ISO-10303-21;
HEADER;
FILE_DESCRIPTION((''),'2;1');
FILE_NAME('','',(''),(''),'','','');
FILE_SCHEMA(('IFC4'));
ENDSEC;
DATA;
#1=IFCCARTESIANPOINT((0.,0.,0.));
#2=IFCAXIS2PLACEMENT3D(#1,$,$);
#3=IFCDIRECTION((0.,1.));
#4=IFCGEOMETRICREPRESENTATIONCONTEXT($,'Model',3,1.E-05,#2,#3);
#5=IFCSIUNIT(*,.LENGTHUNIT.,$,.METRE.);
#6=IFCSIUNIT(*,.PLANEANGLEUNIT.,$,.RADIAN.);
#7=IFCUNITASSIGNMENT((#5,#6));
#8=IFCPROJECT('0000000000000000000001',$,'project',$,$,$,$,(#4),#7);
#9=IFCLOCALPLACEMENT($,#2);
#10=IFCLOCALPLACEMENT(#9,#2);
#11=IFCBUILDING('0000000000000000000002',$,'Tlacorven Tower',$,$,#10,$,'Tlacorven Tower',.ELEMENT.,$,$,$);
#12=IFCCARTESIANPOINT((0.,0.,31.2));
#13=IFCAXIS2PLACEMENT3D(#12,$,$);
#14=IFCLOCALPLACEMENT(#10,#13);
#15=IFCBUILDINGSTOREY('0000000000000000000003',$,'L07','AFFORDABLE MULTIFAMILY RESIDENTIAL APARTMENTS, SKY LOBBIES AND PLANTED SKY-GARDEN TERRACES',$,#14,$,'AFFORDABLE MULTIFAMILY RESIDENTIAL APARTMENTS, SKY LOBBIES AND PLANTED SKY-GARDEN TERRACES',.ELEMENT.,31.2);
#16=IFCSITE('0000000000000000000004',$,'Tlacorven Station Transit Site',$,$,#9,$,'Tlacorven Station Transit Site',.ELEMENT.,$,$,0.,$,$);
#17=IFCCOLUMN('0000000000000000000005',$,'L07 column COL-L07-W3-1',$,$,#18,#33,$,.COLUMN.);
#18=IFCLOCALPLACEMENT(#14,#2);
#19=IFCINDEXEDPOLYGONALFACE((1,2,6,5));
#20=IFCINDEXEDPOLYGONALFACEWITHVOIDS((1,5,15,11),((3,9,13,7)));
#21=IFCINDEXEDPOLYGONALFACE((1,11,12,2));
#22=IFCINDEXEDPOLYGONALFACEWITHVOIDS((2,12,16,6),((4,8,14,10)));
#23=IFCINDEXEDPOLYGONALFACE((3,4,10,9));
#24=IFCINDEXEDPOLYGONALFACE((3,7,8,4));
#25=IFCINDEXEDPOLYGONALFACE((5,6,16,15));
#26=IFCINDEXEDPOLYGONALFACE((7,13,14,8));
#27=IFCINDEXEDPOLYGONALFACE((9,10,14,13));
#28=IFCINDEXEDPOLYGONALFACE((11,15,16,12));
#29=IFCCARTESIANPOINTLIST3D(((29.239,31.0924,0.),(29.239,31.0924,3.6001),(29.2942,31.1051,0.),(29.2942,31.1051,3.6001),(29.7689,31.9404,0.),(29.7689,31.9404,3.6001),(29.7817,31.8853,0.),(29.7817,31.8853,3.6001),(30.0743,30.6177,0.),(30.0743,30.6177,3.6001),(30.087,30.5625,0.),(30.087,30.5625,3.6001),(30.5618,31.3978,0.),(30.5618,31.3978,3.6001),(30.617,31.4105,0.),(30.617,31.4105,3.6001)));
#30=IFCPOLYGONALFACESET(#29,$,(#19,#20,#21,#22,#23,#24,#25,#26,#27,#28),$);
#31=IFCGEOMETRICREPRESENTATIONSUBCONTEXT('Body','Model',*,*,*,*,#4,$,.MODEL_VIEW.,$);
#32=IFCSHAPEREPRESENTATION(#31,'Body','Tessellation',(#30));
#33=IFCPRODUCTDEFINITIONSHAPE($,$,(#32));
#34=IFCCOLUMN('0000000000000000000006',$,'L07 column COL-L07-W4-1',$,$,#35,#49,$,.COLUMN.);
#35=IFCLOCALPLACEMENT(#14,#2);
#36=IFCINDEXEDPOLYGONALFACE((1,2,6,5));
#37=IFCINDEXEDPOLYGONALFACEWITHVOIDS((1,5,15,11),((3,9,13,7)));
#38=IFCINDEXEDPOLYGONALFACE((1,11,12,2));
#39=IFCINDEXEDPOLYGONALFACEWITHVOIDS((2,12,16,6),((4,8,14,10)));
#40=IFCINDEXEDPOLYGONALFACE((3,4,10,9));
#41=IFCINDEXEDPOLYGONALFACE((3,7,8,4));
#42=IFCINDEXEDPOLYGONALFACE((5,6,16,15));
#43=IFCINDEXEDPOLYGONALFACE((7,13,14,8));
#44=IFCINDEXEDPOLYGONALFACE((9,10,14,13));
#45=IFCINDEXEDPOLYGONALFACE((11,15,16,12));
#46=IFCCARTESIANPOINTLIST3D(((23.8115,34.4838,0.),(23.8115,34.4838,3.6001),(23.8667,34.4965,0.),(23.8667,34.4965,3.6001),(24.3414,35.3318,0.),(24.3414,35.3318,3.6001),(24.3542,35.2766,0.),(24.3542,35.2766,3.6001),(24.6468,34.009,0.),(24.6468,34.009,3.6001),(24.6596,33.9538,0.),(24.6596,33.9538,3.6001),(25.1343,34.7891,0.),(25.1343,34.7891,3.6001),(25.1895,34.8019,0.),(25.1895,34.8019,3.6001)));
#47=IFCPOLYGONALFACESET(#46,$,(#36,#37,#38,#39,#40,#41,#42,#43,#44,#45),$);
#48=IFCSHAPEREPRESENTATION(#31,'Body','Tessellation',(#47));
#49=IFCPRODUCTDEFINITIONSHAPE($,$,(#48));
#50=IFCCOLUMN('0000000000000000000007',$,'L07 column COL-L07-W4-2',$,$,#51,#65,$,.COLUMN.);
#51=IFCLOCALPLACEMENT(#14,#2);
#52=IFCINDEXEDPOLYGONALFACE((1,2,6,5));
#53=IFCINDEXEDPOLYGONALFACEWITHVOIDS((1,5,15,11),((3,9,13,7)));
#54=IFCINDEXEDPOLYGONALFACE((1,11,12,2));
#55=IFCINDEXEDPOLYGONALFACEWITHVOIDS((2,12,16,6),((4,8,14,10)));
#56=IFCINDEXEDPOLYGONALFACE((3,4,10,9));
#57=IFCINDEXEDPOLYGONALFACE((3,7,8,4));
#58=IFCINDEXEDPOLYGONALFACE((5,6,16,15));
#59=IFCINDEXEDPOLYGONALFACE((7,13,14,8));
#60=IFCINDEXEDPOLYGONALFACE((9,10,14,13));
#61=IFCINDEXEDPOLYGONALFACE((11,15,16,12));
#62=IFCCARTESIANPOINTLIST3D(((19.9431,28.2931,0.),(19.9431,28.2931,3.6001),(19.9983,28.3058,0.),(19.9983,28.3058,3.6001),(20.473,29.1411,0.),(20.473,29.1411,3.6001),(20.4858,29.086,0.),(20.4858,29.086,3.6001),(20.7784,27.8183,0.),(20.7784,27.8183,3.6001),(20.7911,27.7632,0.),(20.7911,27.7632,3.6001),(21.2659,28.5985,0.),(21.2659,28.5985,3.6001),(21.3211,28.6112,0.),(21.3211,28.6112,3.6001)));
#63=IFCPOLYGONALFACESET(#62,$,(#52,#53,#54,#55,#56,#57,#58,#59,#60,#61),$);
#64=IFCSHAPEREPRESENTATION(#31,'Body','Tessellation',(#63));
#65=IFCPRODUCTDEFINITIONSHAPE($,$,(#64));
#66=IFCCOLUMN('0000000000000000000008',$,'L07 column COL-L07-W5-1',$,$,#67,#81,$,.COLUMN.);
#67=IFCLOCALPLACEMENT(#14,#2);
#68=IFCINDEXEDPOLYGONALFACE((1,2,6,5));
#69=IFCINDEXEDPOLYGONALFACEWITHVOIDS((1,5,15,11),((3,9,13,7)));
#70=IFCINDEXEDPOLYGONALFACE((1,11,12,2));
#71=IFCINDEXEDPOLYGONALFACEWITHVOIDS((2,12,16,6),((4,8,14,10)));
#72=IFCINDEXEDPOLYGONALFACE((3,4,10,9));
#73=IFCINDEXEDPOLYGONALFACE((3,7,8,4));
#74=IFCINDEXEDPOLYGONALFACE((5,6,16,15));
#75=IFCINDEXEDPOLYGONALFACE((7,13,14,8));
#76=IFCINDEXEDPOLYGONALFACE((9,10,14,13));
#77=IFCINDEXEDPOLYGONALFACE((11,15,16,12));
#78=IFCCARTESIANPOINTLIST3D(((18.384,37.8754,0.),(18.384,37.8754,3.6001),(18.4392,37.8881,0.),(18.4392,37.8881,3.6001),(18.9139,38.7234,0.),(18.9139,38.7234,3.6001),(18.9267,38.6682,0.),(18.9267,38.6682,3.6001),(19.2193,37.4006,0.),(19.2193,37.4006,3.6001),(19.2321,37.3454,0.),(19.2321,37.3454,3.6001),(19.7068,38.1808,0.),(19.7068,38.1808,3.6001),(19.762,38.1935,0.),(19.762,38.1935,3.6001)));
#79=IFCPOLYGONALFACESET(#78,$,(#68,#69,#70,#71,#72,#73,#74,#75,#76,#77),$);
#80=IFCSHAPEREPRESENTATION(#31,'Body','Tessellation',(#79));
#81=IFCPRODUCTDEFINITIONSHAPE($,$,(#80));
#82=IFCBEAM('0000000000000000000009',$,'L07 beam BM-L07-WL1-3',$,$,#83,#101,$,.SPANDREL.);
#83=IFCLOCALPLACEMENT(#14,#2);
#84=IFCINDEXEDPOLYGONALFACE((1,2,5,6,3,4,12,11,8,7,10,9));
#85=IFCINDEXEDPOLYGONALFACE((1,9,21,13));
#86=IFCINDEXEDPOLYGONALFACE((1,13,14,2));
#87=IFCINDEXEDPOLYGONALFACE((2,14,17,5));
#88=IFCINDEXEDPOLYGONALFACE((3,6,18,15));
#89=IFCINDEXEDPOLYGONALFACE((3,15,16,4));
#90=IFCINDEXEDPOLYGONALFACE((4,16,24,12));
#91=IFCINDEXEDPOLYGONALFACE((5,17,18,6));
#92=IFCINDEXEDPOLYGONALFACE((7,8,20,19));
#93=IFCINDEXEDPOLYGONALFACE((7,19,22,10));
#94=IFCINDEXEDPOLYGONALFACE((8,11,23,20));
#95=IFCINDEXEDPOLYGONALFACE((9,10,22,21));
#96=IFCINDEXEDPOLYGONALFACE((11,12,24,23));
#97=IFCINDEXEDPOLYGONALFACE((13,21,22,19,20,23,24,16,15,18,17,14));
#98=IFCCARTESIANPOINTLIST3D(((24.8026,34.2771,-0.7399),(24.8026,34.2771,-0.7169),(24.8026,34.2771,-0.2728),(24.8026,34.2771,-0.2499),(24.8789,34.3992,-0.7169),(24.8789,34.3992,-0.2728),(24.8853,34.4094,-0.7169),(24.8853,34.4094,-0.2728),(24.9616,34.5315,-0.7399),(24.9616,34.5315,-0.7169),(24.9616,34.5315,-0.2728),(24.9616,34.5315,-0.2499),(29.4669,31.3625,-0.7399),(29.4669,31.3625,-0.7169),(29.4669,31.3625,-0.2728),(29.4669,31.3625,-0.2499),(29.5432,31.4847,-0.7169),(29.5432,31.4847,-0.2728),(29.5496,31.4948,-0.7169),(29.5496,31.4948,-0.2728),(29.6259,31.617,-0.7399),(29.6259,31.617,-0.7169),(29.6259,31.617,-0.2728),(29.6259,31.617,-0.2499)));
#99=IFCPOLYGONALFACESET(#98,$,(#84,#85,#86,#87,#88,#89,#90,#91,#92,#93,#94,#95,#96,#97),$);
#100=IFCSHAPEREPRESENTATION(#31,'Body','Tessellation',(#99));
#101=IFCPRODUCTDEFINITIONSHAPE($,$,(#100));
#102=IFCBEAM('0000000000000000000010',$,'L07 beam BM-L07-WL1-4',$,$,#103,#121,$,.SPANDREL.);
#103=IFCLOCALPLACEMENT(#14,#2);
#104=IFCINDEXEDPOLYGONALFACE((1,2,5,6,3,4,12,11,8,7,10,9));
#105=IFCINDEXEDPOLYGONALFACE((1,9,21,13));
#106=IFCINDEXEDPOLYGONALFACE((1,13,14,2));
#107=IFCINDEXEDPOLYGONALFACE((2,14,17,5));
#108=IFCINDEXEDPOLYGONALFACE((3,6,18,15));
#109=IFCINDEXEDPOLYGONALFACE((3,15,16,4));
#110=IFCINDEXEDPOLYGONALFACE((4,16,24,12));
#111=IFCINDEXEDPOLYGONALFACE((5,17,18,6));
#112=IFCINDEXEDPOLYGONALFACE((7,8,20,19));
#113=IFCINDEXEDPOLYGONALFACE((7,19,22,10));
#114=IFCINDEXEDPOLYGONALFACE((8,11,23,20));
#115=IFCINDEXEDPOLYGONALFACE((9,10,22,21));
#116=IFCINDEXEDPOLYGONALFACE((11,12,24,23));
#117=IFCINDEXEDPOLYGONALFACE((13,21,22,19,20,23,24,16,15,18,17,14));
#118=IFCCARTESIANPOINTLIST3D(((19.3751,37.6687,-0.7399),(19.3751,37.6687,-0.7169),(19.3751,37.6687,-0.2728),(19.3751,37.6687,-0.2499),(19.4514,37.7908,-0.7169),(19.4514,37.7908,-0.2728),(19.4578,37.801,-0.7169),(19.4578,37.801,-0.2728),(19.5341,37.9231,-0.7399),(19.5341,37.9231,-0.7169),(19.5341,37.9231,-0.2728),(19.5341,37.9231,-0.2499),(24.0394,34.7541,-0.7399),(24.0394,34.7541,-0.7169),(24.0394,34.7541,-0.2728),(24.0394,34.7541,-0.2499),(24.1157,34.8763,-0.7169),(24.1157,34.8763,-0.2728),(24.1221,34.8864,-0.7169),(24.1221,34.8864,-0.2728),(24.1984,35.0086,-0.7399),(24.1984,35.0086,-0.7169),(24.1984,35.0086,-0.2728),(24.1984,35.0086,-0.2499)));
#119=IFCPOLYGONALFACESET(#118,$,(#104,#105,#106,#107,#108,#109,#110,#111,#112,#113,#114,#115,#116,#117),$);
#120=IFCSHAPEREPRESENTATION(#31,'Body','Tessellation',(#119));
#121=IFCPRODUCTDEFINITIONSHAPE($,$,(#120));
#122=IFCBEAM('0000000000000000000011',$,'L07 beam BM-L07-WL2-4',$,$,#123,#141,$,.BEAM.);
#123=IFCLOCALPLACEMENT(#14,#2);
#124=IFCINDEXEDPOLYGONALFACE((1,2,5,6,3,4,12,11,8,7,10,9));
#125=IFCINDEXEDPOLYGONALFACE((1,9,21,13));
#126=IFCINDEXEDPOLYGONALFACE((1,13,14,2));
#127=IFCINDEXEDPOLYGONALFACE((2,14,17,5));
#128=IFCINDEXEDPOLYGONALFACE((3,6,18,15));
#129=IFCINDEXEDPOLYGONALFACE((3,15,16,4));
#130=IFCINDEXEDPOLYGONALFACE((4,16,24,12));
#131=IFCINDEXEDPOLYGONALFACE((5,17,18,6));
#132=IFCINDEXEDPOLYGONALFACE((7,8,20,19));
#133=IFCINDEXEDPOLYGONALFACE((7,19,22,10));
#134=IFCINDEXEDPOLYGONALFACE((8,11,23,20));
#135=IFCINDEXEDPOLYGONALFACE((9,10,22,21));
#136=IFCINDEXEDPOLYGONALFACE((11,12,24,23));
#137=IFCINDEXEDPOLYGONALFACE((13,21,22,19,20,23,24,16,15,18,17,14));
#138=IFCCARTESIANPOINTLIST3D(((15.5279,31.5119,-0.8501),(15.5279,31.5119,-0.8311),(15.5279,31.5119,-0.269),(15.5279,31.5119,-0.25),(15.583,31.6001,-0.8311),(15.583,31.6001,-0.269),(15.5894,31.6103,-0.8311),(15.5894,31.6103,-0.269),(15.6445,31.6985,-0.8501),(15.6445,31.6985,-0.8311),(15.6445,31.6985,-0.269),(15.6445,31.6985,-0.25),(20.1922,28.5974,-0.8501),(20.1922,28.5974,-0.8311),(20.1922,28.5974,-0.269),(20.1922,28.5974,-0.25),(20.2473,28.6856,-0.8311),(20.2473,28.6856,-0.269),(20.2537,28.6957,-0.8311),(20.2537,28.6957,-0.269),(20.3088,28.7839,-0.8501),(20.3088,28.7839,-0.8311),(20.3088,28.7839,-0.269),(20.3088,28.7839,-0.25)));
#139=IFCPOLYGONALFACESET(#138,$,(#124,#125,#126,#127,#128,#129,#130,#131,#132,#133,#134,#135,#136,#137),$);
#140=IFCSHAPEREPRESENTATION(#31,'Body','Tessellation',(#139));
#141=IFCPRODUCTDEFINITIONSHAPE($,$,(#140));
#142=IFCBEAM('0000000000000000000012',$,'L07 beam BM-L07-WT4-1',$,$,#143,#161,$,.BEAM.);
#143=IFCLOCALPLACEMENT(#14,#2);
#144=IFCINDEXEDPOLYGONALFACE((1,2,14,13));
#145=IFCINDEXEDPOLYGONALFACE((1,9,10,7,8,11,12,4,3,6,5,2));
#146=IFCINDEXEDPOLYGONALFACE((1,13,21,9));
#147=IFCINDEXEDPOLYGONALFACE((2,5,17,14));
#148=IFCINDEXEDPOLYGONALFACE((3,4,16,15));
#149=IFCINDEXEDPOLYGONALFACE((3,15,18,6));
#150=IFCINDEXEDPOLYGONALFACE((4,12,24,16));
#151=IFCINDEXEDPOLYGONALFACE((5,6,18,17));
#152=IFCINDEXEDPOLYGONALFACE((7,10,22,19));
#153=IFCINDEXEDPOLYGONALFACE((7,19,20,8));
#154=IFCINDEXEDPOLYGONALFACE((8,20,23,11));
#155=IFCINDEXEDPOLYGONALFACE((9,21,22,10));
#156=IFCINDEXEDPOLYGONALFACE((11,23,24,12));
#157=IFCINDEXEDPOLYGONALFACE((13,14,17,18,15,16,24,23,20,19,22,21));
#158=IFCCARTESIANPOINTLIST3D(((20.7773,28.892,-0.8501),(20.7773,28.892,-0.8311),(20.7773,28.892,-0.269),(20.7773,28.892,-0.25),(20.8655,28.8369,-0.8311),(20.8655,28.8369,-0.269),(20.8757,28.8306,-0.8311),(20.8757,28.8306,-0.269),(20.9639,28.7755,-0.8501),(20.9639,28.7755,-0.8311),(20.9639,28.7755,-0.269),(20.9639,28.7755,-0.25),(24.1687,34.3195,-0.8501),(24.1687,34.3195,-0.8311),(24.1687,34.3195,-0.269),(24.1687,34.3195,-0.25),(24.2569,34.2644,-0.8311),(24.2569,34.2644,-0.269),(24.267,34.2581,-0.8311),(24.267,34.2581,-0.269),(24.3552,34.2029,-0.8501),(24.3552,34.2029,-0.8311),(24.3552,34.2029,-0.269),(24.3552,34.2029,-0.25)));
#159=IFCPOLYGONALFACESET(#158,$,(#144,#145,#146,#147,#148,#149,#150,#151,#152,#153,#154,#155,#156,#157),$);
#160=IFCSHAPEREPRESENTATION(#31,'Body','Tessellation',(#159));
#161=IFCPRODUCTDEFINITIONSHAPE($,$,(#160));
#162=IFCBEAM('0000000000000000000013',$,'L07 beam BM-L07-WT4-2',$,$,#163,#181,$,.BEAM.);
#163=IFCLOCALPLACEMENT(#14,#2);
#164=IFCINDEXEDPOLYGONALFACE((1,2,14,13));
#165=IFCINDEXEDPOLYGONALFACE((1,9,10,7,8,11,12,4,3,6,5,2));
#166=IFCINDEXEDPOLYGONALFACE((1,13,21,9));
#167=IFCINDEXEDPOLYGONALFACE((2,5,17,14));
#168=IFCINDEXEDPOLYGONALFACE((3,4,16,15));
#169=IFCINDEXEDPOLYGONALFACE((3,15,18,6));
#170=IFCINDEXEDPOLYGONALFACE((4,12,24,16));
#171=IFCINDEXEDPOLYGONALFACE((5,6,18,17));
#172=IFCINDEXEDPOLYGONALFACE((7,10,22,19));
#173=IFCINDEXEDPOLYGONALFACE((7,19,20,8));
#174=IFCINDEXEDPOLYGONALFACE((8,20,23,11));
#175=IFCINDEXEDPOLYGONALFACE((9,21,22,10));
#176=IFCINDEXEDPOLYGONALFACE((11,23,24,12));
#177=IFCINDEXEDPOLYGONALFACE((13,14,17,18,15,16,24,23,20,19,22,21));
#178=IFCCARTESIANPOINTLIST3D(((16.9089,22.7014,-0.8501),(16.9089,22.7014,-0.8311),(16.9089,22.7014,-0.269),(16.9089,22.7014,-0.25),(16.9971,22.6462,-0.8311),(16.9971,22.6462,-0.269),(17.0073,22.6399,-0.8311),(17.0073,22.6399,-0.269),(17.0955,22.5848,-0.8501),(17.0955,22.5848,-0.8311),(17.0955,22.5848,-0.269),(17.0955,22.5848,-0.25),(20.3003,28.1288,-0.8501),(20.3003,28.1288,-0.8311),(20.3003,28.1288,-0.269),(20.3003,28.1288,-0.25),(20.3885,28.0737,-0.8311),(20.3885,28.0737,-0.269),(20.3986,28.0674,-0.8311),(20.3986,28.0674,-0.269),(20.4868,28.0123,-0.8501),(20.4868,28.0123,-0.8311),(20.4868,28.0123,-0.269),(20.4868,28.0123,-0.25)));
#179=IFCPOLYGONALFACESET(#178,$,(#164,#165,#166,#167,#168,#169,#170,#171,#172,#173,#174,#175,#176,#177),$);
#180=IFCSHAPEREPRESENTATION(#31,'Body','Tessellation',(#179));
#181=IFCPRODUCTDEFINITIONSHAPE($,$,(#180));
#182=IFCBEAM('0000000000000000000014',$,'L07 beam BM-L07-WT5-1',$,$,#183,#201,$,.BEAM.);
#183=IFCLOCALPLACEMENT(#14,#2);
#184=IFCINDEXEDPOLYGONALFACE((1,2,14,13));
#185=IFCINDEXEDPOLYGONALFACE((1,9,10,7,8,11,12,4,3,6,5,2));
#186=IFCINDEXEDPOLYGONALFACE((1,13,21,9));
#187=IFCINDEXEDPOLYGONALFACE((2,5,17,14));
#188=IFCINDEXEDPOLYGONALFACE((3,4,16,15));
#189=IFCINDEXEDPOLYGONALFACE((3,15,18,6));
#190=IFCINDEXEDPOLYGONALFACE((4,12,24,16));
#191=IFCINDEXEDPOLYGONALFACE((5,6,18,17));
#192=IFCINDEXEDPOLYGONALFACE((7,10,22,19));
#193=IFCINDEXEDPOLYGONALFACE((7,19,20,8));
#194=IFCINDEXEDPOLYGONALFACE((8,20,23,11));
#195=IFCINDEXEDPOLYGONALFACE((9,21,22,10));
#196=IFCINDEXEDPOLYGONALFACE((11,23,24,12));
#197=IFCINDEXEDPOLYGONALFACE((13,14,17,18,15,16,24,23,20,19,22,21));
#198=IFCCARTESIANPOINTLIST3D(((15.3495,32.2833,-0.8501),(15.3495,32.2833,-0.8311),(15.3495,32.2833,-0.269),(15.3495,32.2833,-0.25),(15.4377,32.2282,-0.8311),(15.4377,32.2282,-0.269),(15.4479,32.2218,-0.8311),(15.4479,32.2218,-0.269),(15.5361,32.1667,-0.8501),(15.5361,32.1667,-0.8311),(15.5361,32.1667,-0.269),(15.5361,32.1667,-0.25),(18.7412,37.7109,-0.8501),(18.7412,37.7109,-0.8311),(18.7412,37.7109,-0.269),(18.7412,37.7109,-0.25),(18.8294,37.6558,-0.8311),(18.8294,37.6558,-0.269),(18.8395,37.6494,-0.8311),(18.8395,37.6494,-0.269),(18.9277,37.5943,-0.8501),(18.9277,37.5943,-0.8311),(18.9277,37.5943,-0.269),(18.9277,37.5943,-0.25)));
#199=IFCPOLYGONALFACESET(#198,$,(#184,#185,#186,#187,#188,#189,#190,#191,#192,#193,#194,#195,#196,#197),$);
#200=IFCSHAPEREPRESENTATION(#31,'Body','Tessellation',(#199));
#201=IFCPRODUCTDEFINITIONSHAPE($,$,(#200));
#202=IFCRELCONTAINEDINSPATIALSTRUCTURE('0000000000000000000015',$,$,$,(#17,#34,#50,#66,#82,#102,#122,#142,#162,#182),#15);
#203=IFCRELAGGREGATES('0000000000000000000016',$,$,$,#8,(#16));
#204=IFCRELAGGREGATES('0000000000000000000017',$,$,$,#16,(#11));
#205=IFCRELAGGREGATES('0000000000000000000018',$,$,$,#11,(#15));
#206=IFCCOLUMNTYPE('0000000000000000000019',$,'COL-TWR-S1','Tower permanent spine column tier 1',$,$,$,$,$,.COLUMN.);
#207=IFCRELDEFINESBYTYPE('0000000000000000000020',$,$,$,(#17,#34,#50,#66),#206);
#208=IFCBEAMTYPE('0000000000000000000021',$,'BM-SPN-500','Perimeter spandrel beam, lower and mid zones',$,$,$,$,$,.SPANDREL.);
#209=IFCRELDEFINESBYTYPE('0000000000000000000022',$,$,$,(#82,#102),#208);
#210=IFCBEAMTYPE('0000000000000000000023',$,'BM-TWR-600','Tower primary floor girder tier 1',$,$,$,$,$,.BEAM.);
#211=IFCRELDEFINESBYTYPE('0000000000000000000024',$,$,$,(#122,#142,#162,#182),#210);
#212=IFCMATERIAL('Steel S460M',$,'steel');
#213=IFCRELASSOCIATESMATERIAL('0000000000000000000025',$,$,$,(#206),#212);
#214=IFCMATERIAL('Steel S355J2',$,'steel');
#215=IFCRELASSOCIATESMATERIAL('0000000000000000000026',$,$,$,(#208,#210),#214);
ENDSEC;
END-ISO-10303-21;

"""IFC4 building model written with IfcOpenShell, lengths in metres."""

from ifc_helpers import new_model, si_unit, direction, frame, origin, origin_2d, place, context, subcontext, project, spatial, hollow_rectangle, i_section, extrude, source, transform, mapped, material, material_profile, profile_set, type_object, element, save


model = new_model("IFC4")

# Units and contexts
model_context = context("Model", 3, precision=1e-05, world=origin(), true_north=direction((0.0, 1.0)))
body_context = subcontext(model_context, "Body", "Model", "MODEL_VIEW")
ifc_project = project(units=[si_unit("LENGTHUNIT", "METRE"), si_unit("PLANEANGLEUNIT", "RADIAN")], contexts=[model_context])

# Site, building, storey
site_placement = place(None, origin())
site = spatial("IfcSite", under=ifc_project, at=site_placement, Name="Tlacorven Station Transit Site", LongName="Tlacorven Station Transit Site", CompositionType="ELEMENT", RefElevation=0.0)
building_placement = place(site_placement, origin())
building = spatial("IfcBuilding", under=site, at=building_placement, Name="Tlacorven Tower", LongName="Tlacorven Tower", CompositionType="ELEMENT")
storey_placement = place(building_placement, frame((0.0, 0.0, 31.2)))
storey = spatial("IfcBuildingStorey", under=building, at=storey_placement, Name="L07", Description="AFFORDABLE MULTIFAMILY RESIDENTIAL APARTMENTS, SKY LOBBIES AND PLANTED SKY-GARDEN TERRACES", LongName="AFFORDABLE MULTIFAMILY RESIDENTIAL APARTMENTS, SKY LOBBIES AND PLANTED SKY-GARDEN TERRACES", CompositionType="ELEMENT", Elevation=31.2)

# Columns
ifc_material_1 = material(Name="Steel S460M", Category="steel")
ifc_material_profile_1 = material_profile(ifc_material_1, hollow_rectangle(XDim=1.0, YDim=1.0, WallThickness=0.04, at=origin_2d()), Name="BOX 1000X1000X40")
ifc_profile_set_1 = profile_set([ifc_material_profile_1], Name="Steel S460M")
column_type = type_object("IfcColumnType", Name="COL-TWR-S1", Description="Tower permanent spine column tier 1", PredefinedType="COLUMN", material=ifc_profile_set_1)
shared_shape_1 = source(origin(), body_context, "Body", "SweptSolid", [
    extrude(hollow_rectangle(XDim=1.0, YDim=1.0, WallThickness=0.04, at=origin_2d()), origin(), (0.0, 0.0, 1.0), 3.6001),
])
for number, where, z_axis, x_axis, name in (
    (1, (29.928, 31.2515, 0.0), (0.0, 0.0, 1.0), (-0.848048, 0.529919, 0.0), "L07 column COL-L07-W3-1"),
    (2, (24.5005, 34.6428, 0.0), (0.0, 0.0, 1.0), (-0.848048, 0.529919, 0.0), "L07 column COL-L07-W4-1"),
    (3, (20.6321, 28.4521, 0.0), (0.0, 0.0, 1.0), (-0.848048, 0.529919, 0.0), "L07 column COL-L07-W4-2"),
    (4, (19.073, 38.0344, 0.0), (0.0, 0.0, 1.0), (-0.848048, 0.529919, 0.0), "L07 column COL-L07-W5-1"),
):
    element("IfcColumn", number, at=place(storey_placement, frame(where, z_axis=z_axis, x_axis=x_axis)), inside=storey, type_object=column_type, Name=name, PredefinedType="COLUMN", context=body_context, shape_type="MappedRepresentation", body=[
        mapped(shared_shape_1, transform((0.0, 0.0, 0.0), scale=1.0)),
    ])

# Beams
ifc_material_2 = material(Name="Steel S355J2", Category="steel")
ifc_material_profile_2 = material_profile(ifc_material_2, i_section(OverallWidth=0.3, OverallDepth=0.49, WebThickness=0.012, FlangeThickness=0.0229, at=origin_2d()), Name="HEA 500")
ifc_profile_set_2 = profile_set([ifc_material_profile_2], Name="Steel S355J2")
beam_type_1 = type_object("IfcBeamType", Name="BM-SPN-500", Description="Perimeter spandrel beam, lower and mid zones", PredefinedType="SPANDREL", material=ifc_profile_set_2)
shared_shape_2 = source(origin(), body_context, "Body", "SweptSolid", [
    extrude(i_section(OverallWidth=0.3, OverallDepth=0.49, WebThickness=0.012, FlangeThickness=0.0229, at=origin_2d()), origin(), (0.0, 0.0, 1.0), 5.5),
])
for number, where, z_axis, x_axis, name in (
    (5, (29.5464, 31.4897, -0.4949), (-0.848051, 0.529915, 0.0), (-0.529915, -0.848051, 0.0), "L07 beam BM-L07-WL1-3"),
    (6, (24.1189, 34.8813, -0.4949), (-0.848051, 0.529915, 0.0), (-0.529915, -0.848051, 0.0), "L07 beam BM-L07-WL1-4"),
):
    element("IfcBeam", number, at=place(storey_placement, frame(where, z_axis=z_axis, x_axis=x_axis)), inside=storey, type_object=beam_type_1, Name=name, PredefinedType="SPANDREL", context=body_context, shape_type="MappedRepresentation", body=[
        mapped(shared_shape_2, transform((0.0, 0.0, 0.0), scale=1.0)),
    ])
ifc_material_profile_3 = material_profile(ifc_material_2, i_section(OverallWidth=0.22, OverallDepth=0.6001, WebThickness=0.012, FlangeThickness=0.019, at=origin_2d()), Name="IPE 600")
ifc_profile_set_3 = profile_set([ifc_material_profile_3], Name="Steel S355J2")
beam_type_2 = type_object("IfcBeamType", Name="BM-TWR-600", Description="Tower primary floor girder tier 1", PredefinedType="BEAM", material=ifc_profile_set_3)
shared_shape_3 = source(origin(), body_context, "Body", "SweptSolid", [
    extrude(i_section(OverallWidth=0.22, OverallDepth=0.6001, WebThickness=0.012, FlangeThickness=0.019, at=origin_2d()), origin(), (0.0, 0.0, 1.0), 5.5),
])
beam_1_placement = place(storey_placement, frame((20.2505, 28.6907, -0.55), z_axis=(-0.848051, 0.529915, 0.0), x_axis=(-0.529915, -0.848051, 0.0)))
element("IfcBeam", 7, at=beam_1_placement, inside=storey, type_object=beam_type_2, Name="L07 beam BM-L07-WL2-4", PredefinedType="BEAM", context=body_context, shape_type="MappedRepresentation", body=[
    mapped(shared_shape_3, transform((0.0, 0.0, 0.0), scale=1.0)),
])
shared_shape_4 = source(origin(), body_context, "Body", "SweptSolid", [
    extrude(i_section(OverallWidth=0.22, OverallDepth=0.6001, WebThickness=0.012, FlangeThickness=0.019, at=origin_2d()), origin(), (0.0, 0.0, 1.0), 6.3999),
])
for number, where, z_axis, x_axis, name in (
    (8, (24.262, 34.2612, -0.55), (-0.529906, -0.848056, 0.0), (0.848056, -0.529906, 0.0), "L07 beam BM-L07-WT4-1"),
    (9, (20.3936, 28.0706, -0.55), (-0.529906, -0.848056, 0.0), (0.848056, -0.529906, 0.0), "L07 beam BM-L07-WT4-2"),
):
    element("IfcBeam", number, at=place(storey_placement, frame(where, z_axis=z_axis, x_axis=x_axis)), inside=storey, type_object=beam_type_2, Name=name, PredefinedType="BEAM", context=body_context, shape_type="MappedRepresentation", body=[
        mapped(shared_shape_4, transform((0.0, 0.0, 0.0), scale=1.0)),
    ])
shared_shape_5 = source(origin(), body_context, "Body", "SweptSolid", [
    extrude(i_section(OverallWidth=0.22, OverallDepth=0.6001, WebThickness=0.012, FlangeThickness=0.019, at=origin_2d()), origin(), (0.0, 0.0, 1.0), 6.4001),
])
beam_2_placement = place(storey_placement, frame((18.8345, 37.6526, -0.55), z_axis=(-0.529934, -0.848039, 0.0), x_axis=(0.848039, -0.529934, 0.0)))
element("IfcBeam", 10, at=beam_2_placement, inside=storey, type_object=beam_type_2, Name="L07 beam BM-L07-WT5-1", PredefinedType="BEAM", context=body_context, shape_type="MappedRepresentation", body=[
    mapped(shared_shape_5, transform((0.0, 0.0, 0.0), scale=1.0)),
])

save(model, "model.ifc")
